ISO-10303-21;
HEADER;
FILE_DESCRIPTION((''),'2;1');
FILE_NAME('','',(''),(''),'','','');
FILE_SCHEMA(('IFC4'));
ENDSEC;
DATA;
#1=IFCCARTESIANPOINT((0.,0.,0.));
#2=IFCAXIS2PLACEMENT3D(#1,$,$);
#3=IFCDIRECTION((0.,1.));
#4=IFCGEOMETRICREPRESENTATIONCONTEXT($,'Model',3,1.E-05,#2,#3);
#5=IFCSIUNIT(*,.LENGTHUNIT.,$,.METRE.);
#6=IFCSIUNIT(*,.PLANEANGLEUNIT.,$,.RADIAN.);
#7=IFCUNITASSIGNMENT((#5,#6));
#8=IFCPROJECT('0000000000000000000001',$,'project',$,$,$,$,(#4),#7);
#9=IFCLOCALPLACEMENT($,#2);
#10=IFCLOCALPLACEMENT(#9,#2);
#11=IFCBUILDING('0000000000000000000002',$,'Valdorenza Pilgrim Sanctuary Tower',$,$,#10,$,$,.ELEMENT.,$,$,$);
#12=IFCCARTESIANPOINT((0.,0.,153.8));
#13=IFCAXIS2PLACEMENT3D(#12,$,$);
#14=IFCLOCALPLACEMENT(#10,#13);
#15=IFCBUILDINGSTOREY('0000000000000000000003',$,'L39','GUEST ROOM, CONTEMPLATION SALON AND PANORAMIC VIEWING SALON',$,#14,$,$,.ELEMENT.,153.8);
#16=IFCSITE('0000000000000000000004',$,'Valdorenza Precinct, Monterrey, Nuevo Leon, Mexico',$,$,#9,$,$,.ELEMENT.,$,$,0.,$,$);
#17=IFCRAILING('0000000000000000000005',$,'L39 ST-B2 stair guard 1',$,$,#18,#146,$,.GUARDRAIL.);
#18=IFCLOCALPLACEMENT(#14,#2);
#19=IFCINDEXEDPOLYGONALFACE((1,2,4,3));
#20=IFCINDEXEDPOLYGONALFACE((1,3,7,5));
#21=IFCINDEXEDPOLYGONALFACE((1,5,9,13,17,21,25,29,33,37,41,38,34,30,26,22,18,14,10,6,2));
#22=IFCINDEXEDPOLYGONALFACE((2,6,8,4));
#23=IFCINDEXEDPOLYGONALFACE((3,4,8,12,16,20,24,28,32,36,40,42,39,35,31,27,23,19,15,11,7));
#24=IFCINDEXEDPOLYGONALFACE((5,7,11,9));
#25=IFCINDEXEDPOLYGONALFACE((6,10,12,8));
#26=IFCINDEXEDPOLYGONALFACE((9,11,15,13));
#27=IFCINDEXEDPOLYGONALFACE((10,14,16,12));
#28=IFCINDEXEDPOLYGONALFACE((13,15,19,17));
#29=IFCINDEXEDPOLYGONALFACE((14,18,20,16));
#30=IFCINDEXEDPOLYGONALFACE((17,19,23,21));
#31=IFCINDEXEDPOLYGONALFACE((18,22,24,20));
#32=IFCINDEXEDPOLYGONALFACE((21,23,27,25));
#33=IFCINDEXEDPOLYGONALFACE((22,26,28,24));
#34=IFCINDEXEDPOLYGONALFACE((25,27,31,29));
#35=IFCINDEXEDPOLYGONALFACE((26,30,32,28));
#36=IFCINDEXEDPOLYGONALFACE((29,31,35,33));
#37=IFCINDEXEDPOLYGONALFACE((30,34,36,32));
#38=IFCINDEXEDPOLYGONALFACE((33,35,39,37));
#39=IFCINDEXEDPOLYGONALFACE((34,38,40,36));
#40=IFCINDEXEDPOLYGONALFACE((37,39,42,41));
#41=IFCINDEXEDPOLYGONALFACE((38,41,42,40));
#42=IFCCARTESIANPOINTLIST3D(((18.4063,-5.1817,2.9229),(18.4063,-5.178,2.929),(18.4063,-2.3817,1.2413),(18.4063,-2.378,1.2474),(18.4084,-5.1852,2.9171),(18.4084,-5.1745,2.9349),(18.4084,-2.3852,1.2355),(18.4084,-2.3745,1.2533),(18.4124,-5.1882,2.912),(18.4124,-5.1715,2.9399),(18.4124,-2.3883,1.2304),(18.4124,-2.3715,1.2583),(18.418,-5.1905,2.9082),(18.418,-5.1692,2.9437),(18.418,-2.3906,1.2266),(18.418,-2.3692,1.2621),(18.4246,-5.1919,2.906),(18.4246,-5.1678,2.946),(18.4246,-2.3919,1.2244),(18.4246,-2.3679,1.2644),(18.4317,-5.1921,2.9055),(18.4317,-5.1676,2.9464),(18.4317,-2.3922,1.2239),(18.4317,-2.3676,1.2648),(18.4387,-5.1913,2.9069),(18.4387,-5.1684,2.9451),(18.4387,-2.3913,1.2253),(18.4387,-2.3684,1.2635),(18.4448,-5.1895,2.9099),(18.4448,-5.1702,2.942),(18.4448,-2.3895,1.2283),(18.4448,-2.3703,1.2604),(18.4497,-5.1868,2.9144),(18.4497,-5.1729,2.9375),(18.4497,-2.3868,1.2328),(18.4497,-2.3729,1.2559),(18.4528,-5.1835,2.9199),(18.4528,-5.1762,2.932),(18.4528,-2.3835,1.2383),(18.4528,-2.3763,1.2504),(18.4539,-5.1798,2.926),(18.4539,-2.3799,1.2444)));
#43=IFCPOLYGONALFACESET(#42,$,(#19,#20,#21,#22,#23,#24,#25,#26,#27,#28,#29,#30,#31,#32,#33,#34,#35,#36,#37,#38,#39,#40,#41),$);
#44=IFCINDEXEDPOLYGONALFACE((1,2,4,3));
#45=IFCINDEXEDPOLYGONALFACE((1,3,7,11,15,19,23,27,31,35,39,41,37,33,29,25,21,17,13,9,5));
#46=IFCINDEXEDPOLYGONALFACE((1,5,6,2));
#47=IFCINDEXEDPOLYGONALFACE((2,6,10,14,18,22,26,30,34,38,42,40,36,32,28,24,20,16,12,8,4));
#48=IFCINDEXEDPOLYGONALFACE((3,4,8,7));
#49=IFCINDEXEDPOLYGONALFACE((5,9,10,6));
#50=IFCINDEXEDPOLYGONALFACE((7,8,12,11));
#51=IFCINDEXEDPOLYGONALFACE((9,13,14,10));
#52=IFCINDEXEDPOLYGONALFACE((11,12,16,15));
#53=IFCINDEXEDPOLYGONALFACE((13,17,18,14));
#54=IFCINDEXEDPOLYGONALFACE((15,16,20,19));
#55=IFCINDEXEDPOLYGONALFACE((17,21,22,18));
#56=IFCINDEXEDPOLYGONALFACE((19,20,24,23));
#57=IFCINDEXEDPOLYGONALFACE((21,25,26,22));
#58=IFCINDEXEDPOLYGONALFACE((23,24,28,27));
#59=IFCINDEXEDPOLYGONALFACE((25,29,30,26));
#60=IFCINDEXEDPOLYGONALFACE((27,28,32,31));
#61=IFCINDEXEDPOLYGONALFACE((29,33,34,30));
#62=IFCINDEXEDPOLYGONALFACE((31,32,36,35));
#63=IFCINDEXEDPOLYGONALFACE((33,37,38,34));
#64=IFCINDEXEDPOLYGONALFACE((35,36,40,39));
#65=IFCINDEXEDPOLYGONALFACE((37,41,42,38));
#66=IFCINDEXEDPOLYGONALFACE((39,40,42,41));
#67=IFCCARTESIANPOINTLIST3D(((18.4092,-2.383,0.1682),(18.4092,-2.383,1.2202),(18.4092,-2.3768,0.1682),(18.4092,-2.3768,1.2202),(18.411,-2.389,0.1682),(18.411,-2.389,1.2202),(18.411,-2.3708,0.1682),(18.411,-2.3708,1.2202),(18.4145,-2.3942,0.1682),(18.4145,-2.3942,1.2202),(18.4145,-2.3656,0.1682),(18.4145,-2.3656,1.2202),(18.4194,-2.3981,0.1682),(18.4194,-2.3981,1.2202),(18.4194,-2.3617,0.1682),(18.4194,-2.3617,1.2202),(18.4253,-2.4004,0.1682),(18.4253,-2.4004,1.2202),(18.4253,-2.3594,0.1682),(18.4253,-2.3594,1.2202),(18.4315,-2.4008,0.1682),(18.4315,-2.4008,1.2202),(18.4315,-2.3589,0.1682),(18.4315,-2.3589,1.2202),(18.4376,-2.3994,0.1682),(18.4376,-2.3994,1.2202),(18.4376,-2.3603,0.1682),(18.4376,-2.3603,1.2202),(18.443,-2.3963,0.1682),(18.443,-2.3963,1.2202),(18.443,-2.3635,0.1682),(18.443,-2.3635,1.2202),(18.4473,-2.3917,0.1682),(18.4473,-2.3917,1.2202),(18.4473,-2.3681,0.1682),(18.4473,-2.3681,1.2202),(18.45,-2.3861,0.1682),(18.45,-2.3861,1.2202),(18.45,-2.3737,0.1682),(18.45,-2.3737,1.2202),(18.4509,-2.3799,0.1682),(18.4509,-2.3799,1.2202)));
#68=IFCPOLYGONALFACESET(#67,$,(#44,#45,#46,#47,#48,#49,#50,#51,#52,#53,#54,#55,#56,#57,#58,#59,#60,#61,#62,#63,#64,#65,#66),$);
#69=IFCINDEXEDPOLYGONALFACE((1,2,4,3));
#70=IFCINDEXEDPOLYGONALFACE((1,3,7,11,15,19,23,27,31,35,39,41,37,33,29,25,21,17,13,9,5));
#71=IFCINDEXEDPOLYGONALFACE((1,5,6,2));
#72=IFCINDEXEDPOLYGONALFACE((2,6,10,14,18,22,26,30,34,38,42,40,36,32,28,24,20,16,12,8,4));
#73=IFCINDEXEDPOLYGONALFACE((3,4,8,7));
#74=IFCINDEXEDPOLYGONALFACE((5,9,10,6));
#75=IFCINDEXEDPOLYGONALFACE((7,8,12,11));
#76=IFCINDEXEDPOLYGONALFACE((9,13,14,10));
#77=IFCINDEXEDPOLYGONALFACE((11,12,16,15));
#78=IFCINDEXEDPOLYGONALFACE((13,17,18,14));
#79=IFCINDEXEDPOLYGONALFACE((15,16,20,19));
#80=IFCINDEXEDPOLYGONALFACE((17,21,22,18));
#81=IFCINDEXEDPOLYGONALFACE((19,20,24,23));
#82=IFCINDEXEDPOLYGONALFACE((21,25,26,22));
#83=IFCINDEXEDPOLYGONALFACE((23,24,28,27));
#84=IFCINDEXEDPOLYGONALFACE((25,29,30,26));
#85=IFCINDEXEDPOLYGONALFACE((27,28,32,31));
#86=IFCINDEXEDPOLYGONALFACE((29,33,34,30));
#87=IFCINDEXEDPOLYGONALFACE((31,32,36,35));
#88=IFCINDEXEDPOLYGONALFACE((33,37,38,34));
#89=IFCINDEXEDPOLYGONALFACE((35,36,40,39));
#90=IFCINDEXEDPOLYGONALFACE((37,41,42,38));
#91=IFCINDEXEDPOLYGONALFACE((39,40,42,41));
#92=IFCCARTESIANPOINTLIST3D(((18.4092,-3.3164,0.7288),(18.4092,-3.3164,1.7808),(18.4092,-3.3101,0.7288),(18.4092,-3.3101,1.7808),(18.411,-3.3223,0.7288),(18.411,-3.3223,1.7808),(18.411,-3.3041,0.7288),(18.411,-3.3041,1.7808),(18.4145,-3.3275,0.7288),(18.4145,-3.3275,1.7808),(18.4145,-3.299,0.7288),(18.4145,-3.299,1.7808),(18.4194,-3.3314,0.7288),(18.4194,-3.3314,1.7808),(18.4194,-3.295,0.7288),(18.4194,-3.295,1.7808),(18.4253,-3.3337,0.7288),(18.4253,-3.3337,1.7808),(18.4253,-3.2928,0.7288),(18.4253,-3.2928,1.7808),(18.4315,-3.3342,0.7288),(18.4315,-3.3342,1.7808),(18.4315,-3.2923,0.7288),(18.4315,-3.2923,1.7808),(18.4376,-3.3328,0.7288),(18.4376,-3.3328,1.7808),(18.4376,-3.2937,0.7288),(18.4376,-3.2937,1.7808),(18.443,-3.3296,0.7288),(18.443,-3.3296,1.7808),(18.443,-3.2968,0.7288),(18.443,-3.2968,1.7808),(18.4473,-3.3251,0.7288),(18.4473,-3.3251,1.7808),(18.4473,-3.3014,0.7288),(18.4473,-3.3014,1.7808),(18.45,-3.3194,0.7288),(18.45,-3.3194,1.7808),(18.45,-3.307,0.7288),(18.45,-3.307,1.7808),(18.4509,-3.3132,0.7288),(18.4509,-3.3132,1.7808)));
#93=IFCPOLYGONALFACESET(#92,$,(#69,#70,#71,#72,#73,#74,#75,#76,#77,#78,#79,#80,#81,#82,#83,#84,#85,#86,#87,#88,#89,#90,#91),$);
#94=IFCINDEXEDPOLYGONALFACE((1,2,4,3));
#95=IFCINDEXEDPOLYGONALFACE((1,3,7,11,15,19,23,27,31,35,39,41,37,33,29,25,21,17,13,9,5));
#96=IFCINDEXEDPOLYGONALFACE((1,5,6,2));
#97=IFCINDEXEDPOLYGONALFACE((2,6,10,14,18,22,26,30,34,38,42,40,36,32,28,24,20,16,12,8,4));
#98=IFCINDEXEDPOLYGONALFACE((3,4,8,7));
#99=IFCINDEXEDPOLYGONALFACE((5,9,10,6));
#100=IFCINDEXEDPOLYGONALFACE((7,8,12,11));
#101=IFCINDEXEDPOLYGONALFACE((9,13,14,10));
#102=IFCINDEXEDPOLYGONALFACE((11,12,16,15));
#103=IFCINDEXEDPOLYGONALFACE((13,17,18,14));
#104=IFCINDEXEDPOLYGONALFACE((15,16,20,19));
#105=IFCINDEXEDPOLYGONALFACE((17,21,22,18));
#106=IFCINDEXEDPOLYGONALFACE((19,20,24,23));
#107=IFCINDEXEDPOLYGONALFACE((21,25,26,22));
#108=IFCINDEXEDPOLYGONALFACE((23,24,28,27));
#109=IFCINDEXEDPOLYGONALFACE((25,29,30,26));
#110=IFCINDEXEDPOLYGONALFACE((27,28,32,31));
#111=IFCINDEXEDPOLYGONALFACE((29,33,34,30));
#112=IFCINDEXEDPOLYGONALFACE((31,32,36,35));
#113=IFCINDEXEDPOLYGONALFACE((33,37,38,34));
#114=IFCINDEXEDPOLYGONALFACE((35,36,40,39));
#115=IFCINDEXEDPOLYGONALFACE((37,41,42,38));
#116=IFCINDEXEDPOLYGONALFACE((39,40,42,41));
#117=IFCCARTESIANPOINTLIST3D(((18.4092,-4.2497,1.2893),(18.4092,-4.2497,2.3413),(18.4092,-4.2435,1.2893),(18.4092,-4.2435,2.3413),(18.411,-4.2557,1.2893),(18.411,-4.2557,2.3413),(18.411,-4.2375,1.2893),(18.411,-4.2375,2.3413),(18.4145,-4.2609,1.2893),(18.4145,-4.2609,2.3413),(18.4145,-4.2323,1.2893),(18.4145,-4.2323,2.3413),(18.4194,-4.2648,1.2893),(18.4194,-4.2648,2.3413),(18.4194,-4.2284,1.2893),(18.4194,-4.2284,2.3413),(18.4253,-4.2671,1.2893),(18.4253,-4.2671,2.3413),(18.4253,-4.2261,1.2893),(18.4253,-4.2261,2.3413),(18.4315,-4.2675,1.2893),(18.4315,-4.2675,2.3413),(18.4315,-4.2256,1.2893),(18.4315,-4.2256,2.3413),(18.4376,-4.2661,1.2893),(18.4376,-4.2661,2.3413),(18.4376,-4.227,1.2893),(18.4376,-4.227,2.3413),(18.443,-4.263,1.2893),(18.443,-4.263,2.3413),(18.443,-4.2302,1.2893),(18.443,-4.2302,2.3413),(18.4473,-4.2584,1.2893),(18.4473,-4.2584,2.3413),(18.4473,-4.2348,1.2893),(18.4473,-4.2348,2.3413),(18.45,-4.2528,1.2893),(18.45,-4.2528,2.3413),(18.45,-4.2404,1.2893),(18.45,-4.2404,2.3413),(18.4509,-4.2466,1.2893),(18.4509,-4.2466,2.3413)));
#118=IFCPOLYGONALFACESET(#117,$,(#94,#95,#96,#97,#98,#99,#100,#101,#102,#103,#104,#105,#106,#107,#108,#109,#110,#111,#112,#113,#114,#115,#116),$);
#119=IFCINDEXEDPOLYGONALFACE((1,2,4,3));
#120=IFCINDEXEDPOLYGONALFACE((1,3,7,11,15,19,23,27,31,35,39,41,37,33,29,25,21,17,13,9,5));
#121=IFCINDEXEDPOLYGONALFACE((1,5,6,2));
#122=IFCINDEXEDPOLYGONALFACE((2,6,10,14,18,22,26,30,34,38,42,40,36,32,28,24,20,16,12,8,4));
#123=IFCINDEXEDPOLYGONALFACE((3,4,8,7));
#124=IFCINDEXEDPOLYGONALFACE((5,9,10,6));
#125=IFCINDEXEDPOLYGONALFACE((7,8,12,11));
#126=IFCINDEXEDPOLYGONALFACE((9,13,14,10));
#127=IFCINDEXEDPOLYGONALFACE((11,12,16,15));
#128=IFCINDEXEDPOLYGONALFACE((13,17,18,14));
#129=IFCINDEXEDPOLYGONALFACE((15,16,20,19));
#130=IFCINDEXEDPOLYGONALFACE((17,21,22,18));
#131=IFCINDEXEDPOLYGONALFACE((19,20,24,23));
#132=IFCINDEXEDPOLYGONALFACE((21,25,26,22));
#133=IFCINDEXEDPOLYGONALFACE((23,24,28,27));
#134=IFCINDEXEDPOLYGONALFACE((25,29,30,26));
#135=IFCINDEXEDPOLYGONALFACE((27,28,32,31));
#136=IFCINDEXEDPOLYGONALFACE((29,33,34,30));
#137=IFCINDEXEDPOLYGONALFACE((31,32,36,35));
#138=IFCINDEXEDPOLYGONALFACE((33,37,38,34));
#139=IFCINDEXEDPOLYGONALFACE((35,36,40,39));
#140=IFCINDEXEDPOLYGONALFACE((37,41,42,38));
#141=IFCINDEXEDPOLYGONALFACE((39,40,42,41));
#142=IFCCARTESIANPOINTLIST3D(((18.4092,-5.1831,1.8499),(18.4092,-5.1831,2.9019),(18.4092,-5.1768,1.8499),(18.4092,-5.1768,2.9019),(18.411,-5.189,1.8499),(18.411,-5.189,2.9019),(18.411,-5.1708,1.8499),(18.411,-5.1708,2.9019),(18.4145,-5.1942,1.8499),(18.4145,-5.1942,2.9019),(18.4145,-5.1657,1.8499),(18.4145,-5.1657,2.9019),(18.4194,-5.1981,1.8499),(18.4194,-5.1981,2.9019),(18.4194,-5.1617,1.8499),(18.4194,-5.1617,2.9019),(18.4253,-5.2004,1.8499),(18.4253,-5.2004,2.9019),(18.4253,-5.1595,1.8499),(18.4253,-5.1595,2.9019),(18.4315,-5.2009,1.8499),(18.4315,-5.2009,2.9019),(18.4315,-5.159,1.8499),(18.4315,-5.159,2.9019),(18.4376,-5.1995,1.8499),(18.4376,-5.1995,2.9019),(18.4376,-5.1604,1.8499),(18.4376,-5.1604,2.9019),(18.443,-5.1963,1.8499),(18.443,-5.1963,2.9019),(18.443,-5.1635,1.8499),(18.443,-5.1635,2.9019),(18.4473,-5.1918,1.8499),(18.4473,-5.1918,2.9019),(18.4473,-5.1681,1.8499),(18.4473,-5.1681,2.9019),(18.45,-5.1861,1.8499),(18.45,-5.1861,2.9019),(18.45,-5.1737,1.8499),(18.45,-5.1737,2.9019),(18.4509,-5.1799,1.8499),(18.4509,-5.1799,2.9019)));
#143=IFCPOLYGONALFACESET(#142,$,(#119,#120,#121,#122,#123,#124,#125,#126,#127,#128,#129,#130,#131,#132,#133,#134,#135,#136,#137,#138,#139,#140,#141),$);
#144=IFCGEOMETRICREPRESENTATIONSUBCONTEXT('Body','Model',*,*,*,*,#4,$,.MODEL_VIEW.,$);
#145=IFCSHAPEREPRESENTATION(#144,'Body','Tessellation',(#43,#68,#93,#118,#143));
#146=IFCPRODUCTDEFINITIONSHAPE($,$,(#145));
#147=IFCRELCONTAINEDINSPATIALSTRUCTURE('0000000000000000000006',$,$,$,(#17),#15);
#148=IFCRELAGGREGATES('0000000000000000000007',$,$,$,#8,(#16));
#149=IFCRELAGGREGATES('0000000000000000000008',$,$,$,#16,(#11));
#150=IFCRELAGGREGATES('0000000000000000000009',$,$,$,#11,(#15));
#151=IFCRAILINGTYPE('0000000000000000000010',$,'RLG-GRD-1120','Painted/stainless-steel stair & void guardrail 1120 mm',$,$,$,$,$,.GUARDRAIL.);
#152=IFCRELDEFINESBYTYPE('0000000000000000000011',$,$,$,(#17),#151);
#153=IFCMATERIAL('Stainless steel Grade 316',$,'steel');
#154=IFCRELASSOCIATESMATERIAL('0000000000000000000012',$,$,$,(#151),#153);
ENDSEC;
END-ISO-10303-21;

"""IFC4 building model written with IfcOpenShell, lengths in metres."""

from ifc_helpers import new_model, si_unit, direction, frame, origin, origin_2d, place, context, subcontext, project, spatial, circle, extrude, material, type_object, element, save


model = new_model("IFC4")

# Units and contexts
model_context = context("Model", 3, precision=1e-05, world=origin(), true_north=direction((0.0, 1.0)))
body_context = subcontext(model_context, "Body", "Model", "MODEL_VIEW")
ifc_project = project(units=[si_unit("LENGTHUNIT", "METRE"), si_unit("PLANEANGLEUNIT", "RADIAN")], contexts=[model_context])

# Site, building, storey
site_placement = place(None, origin())
site = spatial("IfcSite", under=ifc_project, at=site_placement, Name="Valdorenza Precinct, Monterrey, Nuevo Leon, Mexico", CompositionType="ELEMENT", RefElevation=0.0)
building_placement = place(site_placement, origin())
building = spatial("IfcBuilding", under=site, at=building_placement, Name="Valdorenza Pilgrim Sanctuary Tower", CompositionType="ELEMENT")
storey_placement = place(building_placement, frame((0.0, 0.0, 153.8)))
storey = spatial("IfcBuildingStorey", under=building, at=storey_placement, Name="L39", Description="GUEST ROOM, CONTEMPLATION SALON AND PANORAMIC VIEWING SALON", CompositionType="ELEMENT", Elevation=153.8)

# Railing
ifc_material_1 = material(Name="Stainless steel Grade 316", Category="steel")
railing_type_1 = type_object("IfcRailingType", Name="RLG-GRD-1120", Description="Painted/stainless-steel stair & void guardrail 1120 mm", PredefinedType="GUARDRAIL", material=ifc_material_1)
railing_1_placement = place(storey_placement, frame((18.4299, -2.3799, 0.1682)))
element("IfcRailing", 1, at=railing_1_placement, inside=storey, type_object=railing_type_1, Name="L39 ST-B2 stair guard 1", PredefinedType="GUARDRAIL", context=body_context, shape_type="SweptSolid", body=[
    extrude(circle(Radius=0.0239, at=origin_2d()), frame((0.0, 0.0, 1.0762), z_axis=(0.0, -0.857275, 0.514858), x_axis=(1.0, 0.0, 0.0)), (0.0, 0.0, 1.0), 3.2661),
    extrude(circle(Radius=0.021, at=origin_2d()), origin(), (0.0, 0.0, 1.0), 1.052),
    extrude(circle(Radius=0.021, at=origin_2d()), frame((0.0, -0.9333, 0.5605)), (0.0, 0.0, 1.0), 1.052),
    extrude(circle(Radius=0.021, at=origin_2d()), frame((0.0, -1.8667, 1.1211)), (0.0, 0.0, 1.0), 1.052),
    extrude(circle(Radius=0.021, at=origin_2d()), frame((0.0, -2.8, 1.6816)), (0.0, 0.0, 1.0), 1.052),
])

save(model, "model.ifc")
